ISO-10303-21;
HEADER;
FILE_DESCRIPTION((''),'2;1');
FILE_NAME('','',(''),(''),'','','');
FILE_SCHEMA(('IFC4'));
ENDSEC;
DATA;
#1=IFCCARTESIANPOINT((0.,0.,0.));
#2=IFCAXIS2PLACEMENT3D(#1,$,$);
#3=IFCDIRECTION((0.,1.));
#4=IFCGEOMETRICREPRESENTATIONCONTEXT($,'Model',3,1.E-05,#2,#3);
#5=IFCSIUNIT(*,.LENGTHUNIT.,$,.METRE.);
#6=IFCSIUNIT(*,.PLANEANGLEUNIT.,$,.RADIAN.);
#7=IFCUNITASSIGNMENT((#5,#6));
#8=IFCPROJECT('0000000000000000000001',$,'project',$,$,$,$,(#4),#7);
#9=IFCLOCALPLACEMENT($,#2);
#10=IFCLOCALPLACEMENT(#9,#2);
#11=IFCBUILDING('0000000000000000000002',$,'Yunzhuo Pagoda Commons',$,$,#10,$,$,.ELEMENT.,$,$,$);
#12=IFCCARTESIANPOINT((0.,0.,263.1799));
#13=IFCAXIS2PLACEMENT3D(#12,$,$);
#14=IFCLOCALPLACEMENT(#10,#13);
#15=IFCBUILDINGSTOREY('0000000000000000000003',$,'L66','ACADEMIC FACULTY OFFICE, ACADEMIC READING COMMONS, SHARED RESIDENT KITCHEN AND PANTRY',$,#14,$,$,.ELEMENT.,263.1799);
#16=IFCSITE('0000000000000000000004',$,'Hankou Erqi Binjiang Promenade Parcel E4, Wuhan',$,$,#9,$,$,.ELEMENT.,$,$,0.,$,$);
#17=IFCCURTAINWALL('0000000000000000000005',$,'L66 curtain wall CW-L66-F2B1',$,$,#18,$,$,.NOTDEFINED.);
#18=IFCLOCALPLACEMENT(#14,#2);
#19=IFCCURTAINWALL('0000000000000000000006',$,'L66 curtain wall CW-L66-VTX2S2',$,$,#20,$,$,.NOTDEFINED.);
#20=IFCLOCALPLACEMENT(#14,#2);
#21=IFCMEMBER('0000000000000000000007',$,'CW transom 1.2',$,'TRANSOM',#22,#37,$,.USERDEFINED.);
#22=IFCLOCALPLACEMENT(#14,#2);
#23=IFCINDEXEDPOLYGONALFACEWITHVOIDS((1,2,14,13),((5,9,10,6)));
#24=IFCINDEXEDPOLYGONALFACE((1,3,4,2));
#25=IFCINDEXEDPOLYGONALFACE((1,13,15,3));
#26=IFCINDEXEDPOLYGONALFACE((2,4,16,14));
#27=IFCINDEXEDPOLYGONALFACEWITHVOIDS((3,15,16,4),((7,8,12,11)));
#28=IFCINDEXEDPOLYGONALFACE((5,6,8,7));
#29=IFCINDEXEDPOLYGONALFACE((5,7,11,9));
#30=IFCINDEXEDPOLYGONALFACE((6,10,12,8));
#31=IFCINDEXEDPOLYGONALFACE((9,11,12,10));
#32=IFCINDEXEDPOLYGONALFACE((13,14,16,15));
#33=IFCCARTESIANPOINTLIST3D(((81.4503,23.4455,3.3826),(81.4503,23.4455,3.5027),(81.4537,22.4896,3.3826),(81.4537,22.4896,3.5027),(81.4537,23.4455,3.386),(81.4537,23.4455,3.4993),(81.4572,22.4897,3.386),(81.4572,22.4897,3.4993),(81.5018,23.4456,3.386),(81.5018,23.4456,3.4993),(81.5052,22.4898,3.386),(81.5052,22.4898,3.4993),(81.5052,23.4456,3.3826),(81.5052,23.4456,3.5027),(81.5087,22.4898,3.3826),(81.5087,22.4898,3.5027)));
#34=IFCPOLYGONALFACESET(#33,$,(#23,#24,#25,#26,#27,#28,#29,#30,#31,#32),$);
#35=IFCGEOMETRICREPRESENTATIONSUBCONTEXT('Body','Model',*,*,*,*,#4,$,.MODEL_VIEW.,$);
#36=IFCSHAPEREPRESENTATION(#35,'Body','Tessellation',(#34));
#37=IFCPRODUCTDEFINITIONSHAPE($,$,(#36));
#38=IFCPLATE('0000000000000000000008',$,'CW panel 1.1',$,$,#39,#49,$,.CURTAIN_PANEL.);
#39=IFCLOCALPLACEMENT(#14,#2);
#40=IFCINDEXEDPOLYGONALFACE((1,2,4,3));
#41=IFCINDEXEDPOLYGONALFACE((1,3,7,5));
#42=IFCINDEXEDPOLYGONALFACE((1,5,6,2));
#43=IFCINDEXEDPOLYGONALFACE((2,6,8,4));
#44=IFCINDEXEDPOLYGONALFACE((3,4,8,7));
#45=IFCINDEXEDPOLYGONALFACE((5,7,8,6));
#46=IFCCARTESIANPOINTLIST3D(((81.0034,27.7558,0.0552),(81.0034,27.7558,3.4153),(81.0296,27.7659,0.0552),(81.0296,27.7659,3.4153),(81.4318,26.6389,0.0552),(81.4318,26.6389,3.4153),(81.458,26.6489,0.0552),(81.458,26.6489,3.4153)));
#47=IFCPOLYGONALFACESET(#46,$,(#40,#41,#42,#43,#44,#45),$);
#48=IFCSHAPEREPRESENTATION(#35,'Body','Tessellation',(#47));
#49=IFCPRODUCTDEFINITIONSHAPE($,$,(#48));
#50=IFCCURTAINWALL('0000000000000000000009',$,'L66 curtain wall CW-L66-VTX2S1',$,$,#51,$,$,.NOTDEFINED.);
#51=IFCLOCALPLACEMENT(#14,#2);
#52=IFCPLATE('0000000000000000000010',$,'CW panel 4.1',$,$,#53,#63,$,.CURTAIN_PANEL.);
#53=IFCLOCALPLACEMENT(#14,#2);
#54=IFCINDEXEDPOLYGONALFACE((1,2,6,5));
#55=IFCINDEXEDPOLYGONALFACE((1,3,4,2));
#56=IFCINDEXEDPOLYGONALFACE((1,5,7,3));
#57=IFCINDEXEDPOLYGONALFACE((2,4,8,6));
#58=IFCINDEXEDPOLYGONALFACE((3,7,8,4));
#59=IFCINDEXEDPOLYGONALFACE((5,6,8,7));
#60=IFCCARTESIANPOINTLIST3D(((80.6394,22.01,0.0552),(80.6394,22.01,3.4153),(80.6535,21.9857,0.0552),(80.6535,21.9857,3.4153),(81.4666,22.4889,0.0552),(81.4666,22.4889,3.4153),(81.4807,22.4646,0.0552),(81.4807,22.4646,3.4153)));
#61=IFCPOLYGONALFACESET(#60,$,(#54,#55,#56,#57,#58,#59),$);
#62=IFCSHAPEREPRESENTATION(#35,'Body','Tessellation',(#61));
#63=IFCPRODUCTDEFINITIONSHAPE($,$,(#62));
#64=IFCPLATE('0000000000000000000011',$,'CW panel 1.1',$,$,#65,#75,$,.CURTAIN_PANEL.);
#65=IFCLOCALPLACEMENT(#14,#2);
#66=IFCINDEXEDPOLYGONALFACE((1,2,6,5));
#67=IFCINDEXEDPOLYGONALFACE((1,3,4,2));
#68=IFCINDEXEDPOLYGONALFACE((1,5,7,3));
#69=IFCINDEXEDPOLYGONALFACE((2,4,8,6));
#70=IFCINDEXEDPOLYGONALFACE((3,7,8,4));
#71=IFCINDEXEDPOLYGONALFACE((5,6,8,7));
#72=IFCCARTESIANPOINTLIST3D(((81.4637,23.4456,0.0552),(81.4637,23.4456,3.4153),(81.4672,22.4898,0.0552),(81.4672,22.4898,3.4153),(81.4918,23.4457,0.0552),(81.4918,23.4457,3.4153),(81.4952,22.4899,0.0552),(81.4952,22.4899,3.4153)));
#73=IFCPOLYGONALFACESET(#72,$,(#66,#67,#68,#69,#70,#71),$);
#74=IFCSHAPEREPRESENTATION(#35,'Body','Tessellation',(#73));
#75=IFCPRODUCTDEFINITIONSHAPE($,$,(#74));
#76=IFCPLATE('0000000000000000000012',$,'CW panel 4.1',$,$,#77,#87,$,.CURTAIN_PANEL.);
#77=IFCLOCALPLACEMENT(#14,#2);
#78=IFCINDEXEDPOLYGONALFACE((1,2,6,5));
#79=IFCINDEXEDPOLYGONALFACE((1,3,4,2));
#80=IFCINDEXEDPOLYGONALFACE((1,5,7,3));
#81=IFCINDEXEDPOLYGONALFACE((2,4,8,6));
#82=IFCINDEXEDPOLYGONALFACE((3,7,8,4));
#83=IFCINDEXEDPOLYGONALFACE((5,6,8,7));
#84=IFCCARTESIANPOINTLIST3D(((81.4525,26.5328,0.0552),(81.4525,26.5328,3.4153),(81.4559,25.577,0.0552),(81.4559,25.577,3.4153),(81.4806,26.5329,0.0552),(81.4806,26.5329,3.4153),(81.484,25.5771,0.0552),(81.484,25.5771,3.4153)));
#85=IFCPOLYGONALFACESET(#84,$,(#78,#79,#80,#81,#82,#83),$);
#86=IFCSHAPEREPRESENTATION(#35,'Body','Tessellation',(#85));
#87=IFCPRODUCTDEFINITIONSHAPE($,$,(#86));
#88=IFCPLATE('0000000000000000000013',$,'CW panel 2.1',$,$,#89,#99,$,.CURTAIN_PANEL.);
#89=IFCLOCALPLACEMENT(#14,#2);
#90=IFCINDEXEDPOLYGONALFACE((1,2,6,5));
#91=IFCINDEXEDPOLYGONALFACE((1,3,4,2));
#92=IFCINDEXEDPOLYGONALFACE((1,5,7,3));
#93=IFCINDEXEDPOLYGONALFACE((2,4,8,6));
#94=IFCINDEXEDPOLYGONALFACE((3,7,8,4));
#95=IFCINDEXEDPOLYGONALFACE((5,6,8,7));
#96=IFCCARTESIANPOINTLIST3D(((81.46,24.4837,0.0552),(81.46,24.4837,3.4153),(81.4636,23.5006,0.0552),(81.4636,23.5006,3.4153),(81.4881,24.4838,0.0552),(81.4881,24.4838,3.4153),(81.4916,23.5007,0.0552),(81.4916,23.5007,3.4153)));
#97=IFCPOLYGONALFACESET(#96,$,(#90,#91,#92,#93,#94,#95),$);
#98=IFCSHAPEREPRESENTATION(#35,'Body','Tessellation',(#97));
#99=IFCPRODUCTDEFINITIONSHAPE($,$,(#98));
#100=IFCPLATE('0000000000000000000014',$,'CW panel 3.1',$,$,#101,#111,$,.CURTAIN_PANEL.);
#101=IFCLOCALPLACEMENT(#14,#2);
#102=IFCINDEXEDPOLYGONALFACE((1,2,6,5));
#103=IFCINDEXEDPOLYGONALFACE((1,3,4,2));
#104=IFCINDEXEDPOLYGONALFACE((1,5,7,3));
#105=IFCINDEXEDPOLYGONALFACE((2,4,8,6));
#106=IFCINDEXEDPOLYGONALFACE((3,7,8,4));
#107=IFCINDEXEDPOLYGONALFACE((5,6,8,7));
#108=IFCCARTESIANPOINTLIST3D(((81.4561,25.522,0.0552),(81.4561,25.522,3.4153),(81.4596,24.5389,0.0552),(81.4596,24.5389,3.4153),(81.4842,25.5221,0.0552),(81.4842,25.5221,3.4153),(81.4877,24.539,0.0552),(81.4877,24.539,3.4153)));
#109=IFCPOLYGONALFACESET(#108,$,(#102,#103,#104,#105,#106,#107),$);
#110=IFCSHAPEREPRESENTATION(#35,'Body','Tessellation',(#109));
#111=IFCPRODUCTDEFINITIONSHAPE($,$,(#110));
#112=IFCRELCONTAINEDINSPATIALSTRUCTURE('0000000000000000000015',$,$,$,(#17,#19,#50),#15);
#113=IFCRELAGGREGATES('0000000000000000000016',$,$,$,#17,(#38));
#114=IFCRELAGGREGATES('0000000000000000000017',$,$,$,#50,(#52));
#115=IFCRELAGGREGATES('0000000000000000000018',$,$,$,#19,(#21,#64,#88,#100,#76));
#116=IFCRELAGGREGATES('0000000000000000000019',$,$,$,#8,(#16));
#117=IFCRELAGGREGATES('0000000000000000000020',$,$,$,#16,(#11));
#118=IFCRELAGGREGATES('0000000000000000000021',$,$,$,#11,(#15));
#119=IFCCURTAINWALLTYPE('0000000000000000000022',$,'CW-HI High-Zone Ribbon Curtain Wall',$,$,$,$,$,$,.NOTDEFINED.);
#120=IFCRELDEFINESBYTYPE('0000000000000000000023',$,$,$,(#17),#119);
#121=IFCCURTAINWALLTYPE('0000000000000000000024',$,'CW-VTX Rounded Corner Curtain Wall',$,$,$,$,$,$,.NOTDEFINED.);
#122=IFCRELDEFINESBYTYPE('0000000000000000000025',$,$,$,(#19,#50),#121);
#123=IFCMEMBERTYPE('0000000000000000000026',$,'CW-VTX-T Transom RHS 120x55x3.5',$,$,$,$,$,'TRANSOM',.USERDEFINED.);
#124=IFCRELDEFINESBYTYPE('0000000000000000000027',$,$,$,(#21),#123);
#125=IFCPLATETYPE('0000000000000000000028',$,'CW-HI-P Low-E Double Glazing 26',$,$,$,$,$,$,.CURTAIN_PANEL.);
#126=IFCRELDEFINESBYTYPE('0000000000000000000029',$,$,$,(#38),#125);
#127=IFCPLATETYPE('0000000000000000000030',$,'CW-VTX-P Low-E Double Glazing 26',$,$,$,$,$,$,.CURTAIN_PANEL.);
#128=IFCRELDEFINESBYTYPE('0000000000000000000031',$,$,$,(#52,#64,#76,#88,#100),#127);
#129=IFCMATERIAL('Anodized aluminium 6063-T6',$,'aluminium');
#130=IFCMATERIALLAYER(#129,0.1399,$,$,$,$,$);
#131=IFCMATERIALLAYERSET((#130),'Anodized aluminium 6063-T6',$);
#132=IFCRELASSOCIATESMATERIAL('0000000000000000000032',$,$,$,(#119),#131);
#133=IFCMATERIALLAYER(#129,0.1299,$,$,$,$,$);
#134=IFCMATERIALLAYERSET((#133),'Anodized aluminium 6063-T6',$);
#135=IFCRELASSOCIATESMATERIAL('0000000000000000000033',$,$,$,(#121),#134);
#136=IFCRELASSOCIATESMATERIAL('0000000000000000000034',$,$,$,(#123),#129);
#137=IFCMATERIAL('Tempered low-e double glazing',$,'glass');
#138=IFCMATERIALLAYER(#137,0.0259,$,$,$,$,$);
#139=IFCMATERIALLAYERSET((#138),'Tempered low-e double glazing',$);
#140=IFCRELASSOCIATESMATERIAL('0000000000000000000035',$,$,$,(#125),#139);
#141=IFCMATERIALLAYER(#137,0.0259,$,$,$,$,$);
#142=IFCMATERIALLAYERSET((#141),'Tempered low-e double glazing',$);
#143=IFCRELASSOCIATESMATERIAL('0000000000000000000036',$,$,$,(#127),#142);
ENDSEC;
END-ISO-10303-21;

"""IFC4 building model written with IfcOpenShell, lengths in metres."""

from ifc_helpers import new_model, si_unit, direction, frame, origin, origin_2d, place, context, subcontext, project, spatial, rectangle, hollow_rectangle, extrude, source, transform, mapped, material, layer, layer_set, material_profile, profile_set, type_object, element, aggregate, save


model = new_model("IFC4")

# Units and contexts
model_context = context("Model", 3, precision=1e-05, world=origin(), true_north=direction((0.0, 1.0)))
body_context = subcontext(model_context, "Body", "Model", "MODEL_VIEW")
ifc_project = project(units=[si_unit("LENGTHUNIT", "METRE"), si_unit("PLANEANGLEUNIT", "RADIAN")], contexts=[model_context])

# Site, building, storey
site_placement = place(None, origin())
site = spatial("IfcSite", under=ifc_project, at=site_placement, Name="Hankou Erqi Binjiang Promenade Parcel E4, Wuhan", CompositionType="ELEMENT", RefElevation=0.0)
building_placement = place(site_placement, origin())
building = spatial("IfcBuilding", under=site, at=building_placement, Name="Yunzhuo Pagoda Commons", CompositionType="ELEMENT")
storey_placement = place(building_placement, frame((0.0, 0.0, 263.1799)))
storey = spatial("IfcBuildingStorey", under=building, at=storey_placement, Name="L66", Description="ACADEMIC FACULTY OFFICE, ACADEMIC READING COMMONS, SHARED RESIDENT KITCHEN AND PANTRY", CompositionType="ELEMENT", Elevation=263.1799)

# Shared definitions
ifc_material_1 = material(Name="Anodized aluminium 6063-T6", Category="aluminium")
ifc_layer_1 = layer(ifc_material_1, 0.1399)
ifc_layer_set_1 = layer_set([ifc_layer_1], Name="Anodized aluminium 6063-T6")
curtain_wall_type_1 = type_object("IfcCurtainWallType", Name="CW-HI High-Zone Ribbon Curtain Wall", PredefinedType="NOTDEFINED", material=ifc_layer_set_1)

# Curtain walls
curtain_wall_1_placement = place(storey_placement, origin())
curtain_wall_1 = element("IfcCurtainWall", 1, at=curtain_wall_1_placement, inside=storey, type_object=curtain_wall_type_1, Name="L66 curtain wall CW-L66-F2B1", PredefinedType="NOTDEFINED")
ifc_layer_2 = layer(ifc_material_1, 0.1299)
ifc_layer_set_2 = layer_set([ifc_layer_2], Name="Anodized aluminium 6063-T6")
curtain_wall_type_2 = type_object("IfcCurtainWallType", Name="CW-VTX Rounded Corner Curtain Wall", PredefinedType="NOTDEFINED", material=ifc_layer_set_2)
curtain_wall_2_placement = place(storey_placement, origin())
curtain_wall_2 = element("IfcCurtainWall", 2, at=curtain_wall_2_placement, inside=storey, type_object=curtain_wall_type_2, Name="L66 curtain wall CW-L66-VTX2S2", PredefinedType="NOTDEFINED")

# Member
ifc_material_profile_1 = material_profile(ifc_material_1, hollow_rectangle(XDim=0.0549, YDim=0.1201, WallThickness=0.0034, at=origin_2d()), Name="Anodized aluminium 6063-T6")
ifc_profile_set_1 = profile_set([ifc_material_profile_1], Name="Anodized aluminium 6063-T6")
member_type_1 = type_object("IfcMemberType", Name="CW-VTX-T Transom RHS 120x55x3.5", ElementType="TRANSOM", PredefinedType="USERDEFINED", material=ifc_profile_set_1)
shared_shape_1 = source(origin(), body_context, "Body", "SweptSolid", [
    extrude(hollow_rectangle(XDim=0.0549, YDim=0.1201, WallThickness=0.0034, at=origin_2d()), origin(), (0.0, 0.0, 1.0), 0.9558),
])
member_1_placement = place(storey_placement, frame((81.4812, 22.4897, 3.4426), z_axis=(-0.003576, 0.999994, 0.0), x_axis=(-0.999994, -0.003576, 0.0)))
member_1 = element("IfcMember", 3, at=member_1_placement, type_object=member_type_1, Name="CW transom 1.2", ObjectType="TRANSOM", PredefinedType="USERDEFINED", context=body_context, shape_type="MappedRepresentation", body=[
    mapped(shared_shape_1, transform((0.0, 0.0, 0.0), scale=1.0)),
])

# Plate
ifc_material_2 = material(Name="Tempered low-e double glazing", Category="glass")
ifc_layer_3 = layer(ifc_material_2, 0.0259)
ifc_layer_set_3 = layer_set([ifc_layer_3], Name="Tempered low-e double glazing")
plate_type_1 = type_object("IfcPlateType", Name="CW-HI-P Low-E Double Glazing 26", PredefinedType="CURTAIN_PANEL", material=ifc_layer_set_3)
shared_shape_2 = source(origin(), body_context, "Body", "SweptSolid", [
    extrude(rectangle(XDim=1.1963, YDim=0.0281, at=origin_2d()), origin(), (0.0, 0.0, 1.0), 3.3601),
])
plate_1_placement = place(storey_placement, frame((81.2307, 27.2024, 0.0552), z_axis=(0.0, 0.0, 1.0), x_axis=(-0.358124, 0.933674, 0.0)))
plate_1 = element("IfcPlate", 4, at=plate_1_placement, type_object=plate_type_1, Name="CW panel 1.1", PredefinedType="CURTAIN_PANEL", context=body_context, shape_type="MappedRepresentation", body=[
    mapped(shared_shape_2, transform((0.0, 0.0, 0.0), scale=1.0)),
])
aggregate(curtain_wall_1, [plate_1])

# Curtain wall, plate
curtain_wall_3_placement = place(storey_placement, origin())
curtain_wall_3 = element("IfcCurtainWall", 5, at=curtain_wall_3_placement, inside=storey, type_object=curtain_wall_type_2, Name="L66 curtain wall CW-L66-VTX2S1", PredefinedType="NOTDEFINED")
ifc_layer_4 = layer(ifc_material_2, 0.0259)
ifc_layer_set_4 = layer_set([ifc_layer_4], Name="Tempered low-e double glazing")
plate_type_2 = type_object("IfcPlateType", Name="CW-VTX-P Low-E Double Glazing 26", PredefinedType="CURTAIN_PANEL", material=ifc_layer_set_4)
shared_shape_3 = source(origin(), body_context, "Body", "SweptSolid", [
    extrude(rectangle(XDim=0.9558, YDim=0.0281, at=origin_2d()), origin(), (0.0, 0.0, 1.0), 3.3601),
])
plate_2_placement = place(storey_placement, frame((81.0601, 22.2373, 0.0552), z_axis=(0.0, 0.0, 1.0), x_axis=(0.865432, 0.501027, 0.0)))
plate_2 = element("IfcPlate", 6, at=plate_2_placement, type_object=plate_type_2, Name="CW panel 4.1", PredefinedType="CURTAIN_PANEL", context=body_context, shape_type="MappedRepresentation", body=[
    mapped(shared_shape_3, transform((0.0, 0.0, 0.0), scale=1.0)),
])
aggregate(curtain_wall_3, [plate_2])

# Plates
plate_3_placement = place(storey_placement, frame((81.4795, 22.9678, 0.0552), z_axis=(0.0, 0.0, 1.0), x_axis=(-0.003588, 0.999994, 0.0)))
plate_3 = element("IfcPlate", 7, at=plate_3_placement, type_object=plate_type_2, Name="CW panel 1.1", PredefinedType="CURTAIN_PANEL", context=body_context, shape_type="MappedRepresentation", body=[
    mapped(shared_shape_3, transform((0.0, 0.0, 0.0), scale=1.0)),
])
plate_4_placement = place(storey_placement, frame((81.4683, 26.0549, 0.0552), z_axis=(0.0, 0.0, 1.0), x_axis=(-0.003588, 0.999994, 0.0)))
plate_4 = element("IfcPlate", 8, at=plate_4_placement, type_object=plate_type_2, Name="CW panel 4.1", PredefinedType="CURTAIN_PANEL", context=body_context, shape_type="MappedRepresentation", body=[
    mapped(shared_shape_3, transform((0.0, 0.0, 0.0), scale=1.0)),
])
shared_shape_4 = source(origin(), body_context, "Body", "SweptSolid", [
    extrude(rectangle(XDim=0.9832, YDim=0.0281, at=origin_2d()), origin(), (0.0, 0.0, 1.0), 3.3601),
])
plate_5_placement = place(storey_placement, frame((81.4758, 23.9922, 0.0552), z_axis=(0.0, 0.0, 1.0), x_axis=(-0.003588, 0.999994, 0.0)))
plate_5 = element("IfcPlate", 9, at=plate_5_placement, type_object=plate_type_2, Name="CW panel 2.1", PredefinedType="CURTAIN_PANEL", context=body_context, shape_type="MappedRepresentation", body=[
    mapped(shared_shape_4, transform((0.0, 0.0, 0.0), scale=1.0)),
])
plate_6_placement = place(storey_placement, frame((81.4719, 25.0305, 0.0552), z_axis=(0.0, 0.0, 1.0), x_axis=(-0.003588, 0.999994, 0.0)))
plate_6 = element("IfcPlate", 10, at=plate_6_placement, type_object=plate_type_2, Name="CW panel 3.1", PredefinedType="CURTAIN_PANEL", context=body_context, shape_type="MappedRepresentation", body=[
    mapped(shared_shape_4, transform((0.0, 0.0, 0.0), scale=1.0)),
])
aggregate(curtain_wall_2, [member_1, plate_3, plate_5, plate_6, plate_4])

save(model, "model.ifc")
